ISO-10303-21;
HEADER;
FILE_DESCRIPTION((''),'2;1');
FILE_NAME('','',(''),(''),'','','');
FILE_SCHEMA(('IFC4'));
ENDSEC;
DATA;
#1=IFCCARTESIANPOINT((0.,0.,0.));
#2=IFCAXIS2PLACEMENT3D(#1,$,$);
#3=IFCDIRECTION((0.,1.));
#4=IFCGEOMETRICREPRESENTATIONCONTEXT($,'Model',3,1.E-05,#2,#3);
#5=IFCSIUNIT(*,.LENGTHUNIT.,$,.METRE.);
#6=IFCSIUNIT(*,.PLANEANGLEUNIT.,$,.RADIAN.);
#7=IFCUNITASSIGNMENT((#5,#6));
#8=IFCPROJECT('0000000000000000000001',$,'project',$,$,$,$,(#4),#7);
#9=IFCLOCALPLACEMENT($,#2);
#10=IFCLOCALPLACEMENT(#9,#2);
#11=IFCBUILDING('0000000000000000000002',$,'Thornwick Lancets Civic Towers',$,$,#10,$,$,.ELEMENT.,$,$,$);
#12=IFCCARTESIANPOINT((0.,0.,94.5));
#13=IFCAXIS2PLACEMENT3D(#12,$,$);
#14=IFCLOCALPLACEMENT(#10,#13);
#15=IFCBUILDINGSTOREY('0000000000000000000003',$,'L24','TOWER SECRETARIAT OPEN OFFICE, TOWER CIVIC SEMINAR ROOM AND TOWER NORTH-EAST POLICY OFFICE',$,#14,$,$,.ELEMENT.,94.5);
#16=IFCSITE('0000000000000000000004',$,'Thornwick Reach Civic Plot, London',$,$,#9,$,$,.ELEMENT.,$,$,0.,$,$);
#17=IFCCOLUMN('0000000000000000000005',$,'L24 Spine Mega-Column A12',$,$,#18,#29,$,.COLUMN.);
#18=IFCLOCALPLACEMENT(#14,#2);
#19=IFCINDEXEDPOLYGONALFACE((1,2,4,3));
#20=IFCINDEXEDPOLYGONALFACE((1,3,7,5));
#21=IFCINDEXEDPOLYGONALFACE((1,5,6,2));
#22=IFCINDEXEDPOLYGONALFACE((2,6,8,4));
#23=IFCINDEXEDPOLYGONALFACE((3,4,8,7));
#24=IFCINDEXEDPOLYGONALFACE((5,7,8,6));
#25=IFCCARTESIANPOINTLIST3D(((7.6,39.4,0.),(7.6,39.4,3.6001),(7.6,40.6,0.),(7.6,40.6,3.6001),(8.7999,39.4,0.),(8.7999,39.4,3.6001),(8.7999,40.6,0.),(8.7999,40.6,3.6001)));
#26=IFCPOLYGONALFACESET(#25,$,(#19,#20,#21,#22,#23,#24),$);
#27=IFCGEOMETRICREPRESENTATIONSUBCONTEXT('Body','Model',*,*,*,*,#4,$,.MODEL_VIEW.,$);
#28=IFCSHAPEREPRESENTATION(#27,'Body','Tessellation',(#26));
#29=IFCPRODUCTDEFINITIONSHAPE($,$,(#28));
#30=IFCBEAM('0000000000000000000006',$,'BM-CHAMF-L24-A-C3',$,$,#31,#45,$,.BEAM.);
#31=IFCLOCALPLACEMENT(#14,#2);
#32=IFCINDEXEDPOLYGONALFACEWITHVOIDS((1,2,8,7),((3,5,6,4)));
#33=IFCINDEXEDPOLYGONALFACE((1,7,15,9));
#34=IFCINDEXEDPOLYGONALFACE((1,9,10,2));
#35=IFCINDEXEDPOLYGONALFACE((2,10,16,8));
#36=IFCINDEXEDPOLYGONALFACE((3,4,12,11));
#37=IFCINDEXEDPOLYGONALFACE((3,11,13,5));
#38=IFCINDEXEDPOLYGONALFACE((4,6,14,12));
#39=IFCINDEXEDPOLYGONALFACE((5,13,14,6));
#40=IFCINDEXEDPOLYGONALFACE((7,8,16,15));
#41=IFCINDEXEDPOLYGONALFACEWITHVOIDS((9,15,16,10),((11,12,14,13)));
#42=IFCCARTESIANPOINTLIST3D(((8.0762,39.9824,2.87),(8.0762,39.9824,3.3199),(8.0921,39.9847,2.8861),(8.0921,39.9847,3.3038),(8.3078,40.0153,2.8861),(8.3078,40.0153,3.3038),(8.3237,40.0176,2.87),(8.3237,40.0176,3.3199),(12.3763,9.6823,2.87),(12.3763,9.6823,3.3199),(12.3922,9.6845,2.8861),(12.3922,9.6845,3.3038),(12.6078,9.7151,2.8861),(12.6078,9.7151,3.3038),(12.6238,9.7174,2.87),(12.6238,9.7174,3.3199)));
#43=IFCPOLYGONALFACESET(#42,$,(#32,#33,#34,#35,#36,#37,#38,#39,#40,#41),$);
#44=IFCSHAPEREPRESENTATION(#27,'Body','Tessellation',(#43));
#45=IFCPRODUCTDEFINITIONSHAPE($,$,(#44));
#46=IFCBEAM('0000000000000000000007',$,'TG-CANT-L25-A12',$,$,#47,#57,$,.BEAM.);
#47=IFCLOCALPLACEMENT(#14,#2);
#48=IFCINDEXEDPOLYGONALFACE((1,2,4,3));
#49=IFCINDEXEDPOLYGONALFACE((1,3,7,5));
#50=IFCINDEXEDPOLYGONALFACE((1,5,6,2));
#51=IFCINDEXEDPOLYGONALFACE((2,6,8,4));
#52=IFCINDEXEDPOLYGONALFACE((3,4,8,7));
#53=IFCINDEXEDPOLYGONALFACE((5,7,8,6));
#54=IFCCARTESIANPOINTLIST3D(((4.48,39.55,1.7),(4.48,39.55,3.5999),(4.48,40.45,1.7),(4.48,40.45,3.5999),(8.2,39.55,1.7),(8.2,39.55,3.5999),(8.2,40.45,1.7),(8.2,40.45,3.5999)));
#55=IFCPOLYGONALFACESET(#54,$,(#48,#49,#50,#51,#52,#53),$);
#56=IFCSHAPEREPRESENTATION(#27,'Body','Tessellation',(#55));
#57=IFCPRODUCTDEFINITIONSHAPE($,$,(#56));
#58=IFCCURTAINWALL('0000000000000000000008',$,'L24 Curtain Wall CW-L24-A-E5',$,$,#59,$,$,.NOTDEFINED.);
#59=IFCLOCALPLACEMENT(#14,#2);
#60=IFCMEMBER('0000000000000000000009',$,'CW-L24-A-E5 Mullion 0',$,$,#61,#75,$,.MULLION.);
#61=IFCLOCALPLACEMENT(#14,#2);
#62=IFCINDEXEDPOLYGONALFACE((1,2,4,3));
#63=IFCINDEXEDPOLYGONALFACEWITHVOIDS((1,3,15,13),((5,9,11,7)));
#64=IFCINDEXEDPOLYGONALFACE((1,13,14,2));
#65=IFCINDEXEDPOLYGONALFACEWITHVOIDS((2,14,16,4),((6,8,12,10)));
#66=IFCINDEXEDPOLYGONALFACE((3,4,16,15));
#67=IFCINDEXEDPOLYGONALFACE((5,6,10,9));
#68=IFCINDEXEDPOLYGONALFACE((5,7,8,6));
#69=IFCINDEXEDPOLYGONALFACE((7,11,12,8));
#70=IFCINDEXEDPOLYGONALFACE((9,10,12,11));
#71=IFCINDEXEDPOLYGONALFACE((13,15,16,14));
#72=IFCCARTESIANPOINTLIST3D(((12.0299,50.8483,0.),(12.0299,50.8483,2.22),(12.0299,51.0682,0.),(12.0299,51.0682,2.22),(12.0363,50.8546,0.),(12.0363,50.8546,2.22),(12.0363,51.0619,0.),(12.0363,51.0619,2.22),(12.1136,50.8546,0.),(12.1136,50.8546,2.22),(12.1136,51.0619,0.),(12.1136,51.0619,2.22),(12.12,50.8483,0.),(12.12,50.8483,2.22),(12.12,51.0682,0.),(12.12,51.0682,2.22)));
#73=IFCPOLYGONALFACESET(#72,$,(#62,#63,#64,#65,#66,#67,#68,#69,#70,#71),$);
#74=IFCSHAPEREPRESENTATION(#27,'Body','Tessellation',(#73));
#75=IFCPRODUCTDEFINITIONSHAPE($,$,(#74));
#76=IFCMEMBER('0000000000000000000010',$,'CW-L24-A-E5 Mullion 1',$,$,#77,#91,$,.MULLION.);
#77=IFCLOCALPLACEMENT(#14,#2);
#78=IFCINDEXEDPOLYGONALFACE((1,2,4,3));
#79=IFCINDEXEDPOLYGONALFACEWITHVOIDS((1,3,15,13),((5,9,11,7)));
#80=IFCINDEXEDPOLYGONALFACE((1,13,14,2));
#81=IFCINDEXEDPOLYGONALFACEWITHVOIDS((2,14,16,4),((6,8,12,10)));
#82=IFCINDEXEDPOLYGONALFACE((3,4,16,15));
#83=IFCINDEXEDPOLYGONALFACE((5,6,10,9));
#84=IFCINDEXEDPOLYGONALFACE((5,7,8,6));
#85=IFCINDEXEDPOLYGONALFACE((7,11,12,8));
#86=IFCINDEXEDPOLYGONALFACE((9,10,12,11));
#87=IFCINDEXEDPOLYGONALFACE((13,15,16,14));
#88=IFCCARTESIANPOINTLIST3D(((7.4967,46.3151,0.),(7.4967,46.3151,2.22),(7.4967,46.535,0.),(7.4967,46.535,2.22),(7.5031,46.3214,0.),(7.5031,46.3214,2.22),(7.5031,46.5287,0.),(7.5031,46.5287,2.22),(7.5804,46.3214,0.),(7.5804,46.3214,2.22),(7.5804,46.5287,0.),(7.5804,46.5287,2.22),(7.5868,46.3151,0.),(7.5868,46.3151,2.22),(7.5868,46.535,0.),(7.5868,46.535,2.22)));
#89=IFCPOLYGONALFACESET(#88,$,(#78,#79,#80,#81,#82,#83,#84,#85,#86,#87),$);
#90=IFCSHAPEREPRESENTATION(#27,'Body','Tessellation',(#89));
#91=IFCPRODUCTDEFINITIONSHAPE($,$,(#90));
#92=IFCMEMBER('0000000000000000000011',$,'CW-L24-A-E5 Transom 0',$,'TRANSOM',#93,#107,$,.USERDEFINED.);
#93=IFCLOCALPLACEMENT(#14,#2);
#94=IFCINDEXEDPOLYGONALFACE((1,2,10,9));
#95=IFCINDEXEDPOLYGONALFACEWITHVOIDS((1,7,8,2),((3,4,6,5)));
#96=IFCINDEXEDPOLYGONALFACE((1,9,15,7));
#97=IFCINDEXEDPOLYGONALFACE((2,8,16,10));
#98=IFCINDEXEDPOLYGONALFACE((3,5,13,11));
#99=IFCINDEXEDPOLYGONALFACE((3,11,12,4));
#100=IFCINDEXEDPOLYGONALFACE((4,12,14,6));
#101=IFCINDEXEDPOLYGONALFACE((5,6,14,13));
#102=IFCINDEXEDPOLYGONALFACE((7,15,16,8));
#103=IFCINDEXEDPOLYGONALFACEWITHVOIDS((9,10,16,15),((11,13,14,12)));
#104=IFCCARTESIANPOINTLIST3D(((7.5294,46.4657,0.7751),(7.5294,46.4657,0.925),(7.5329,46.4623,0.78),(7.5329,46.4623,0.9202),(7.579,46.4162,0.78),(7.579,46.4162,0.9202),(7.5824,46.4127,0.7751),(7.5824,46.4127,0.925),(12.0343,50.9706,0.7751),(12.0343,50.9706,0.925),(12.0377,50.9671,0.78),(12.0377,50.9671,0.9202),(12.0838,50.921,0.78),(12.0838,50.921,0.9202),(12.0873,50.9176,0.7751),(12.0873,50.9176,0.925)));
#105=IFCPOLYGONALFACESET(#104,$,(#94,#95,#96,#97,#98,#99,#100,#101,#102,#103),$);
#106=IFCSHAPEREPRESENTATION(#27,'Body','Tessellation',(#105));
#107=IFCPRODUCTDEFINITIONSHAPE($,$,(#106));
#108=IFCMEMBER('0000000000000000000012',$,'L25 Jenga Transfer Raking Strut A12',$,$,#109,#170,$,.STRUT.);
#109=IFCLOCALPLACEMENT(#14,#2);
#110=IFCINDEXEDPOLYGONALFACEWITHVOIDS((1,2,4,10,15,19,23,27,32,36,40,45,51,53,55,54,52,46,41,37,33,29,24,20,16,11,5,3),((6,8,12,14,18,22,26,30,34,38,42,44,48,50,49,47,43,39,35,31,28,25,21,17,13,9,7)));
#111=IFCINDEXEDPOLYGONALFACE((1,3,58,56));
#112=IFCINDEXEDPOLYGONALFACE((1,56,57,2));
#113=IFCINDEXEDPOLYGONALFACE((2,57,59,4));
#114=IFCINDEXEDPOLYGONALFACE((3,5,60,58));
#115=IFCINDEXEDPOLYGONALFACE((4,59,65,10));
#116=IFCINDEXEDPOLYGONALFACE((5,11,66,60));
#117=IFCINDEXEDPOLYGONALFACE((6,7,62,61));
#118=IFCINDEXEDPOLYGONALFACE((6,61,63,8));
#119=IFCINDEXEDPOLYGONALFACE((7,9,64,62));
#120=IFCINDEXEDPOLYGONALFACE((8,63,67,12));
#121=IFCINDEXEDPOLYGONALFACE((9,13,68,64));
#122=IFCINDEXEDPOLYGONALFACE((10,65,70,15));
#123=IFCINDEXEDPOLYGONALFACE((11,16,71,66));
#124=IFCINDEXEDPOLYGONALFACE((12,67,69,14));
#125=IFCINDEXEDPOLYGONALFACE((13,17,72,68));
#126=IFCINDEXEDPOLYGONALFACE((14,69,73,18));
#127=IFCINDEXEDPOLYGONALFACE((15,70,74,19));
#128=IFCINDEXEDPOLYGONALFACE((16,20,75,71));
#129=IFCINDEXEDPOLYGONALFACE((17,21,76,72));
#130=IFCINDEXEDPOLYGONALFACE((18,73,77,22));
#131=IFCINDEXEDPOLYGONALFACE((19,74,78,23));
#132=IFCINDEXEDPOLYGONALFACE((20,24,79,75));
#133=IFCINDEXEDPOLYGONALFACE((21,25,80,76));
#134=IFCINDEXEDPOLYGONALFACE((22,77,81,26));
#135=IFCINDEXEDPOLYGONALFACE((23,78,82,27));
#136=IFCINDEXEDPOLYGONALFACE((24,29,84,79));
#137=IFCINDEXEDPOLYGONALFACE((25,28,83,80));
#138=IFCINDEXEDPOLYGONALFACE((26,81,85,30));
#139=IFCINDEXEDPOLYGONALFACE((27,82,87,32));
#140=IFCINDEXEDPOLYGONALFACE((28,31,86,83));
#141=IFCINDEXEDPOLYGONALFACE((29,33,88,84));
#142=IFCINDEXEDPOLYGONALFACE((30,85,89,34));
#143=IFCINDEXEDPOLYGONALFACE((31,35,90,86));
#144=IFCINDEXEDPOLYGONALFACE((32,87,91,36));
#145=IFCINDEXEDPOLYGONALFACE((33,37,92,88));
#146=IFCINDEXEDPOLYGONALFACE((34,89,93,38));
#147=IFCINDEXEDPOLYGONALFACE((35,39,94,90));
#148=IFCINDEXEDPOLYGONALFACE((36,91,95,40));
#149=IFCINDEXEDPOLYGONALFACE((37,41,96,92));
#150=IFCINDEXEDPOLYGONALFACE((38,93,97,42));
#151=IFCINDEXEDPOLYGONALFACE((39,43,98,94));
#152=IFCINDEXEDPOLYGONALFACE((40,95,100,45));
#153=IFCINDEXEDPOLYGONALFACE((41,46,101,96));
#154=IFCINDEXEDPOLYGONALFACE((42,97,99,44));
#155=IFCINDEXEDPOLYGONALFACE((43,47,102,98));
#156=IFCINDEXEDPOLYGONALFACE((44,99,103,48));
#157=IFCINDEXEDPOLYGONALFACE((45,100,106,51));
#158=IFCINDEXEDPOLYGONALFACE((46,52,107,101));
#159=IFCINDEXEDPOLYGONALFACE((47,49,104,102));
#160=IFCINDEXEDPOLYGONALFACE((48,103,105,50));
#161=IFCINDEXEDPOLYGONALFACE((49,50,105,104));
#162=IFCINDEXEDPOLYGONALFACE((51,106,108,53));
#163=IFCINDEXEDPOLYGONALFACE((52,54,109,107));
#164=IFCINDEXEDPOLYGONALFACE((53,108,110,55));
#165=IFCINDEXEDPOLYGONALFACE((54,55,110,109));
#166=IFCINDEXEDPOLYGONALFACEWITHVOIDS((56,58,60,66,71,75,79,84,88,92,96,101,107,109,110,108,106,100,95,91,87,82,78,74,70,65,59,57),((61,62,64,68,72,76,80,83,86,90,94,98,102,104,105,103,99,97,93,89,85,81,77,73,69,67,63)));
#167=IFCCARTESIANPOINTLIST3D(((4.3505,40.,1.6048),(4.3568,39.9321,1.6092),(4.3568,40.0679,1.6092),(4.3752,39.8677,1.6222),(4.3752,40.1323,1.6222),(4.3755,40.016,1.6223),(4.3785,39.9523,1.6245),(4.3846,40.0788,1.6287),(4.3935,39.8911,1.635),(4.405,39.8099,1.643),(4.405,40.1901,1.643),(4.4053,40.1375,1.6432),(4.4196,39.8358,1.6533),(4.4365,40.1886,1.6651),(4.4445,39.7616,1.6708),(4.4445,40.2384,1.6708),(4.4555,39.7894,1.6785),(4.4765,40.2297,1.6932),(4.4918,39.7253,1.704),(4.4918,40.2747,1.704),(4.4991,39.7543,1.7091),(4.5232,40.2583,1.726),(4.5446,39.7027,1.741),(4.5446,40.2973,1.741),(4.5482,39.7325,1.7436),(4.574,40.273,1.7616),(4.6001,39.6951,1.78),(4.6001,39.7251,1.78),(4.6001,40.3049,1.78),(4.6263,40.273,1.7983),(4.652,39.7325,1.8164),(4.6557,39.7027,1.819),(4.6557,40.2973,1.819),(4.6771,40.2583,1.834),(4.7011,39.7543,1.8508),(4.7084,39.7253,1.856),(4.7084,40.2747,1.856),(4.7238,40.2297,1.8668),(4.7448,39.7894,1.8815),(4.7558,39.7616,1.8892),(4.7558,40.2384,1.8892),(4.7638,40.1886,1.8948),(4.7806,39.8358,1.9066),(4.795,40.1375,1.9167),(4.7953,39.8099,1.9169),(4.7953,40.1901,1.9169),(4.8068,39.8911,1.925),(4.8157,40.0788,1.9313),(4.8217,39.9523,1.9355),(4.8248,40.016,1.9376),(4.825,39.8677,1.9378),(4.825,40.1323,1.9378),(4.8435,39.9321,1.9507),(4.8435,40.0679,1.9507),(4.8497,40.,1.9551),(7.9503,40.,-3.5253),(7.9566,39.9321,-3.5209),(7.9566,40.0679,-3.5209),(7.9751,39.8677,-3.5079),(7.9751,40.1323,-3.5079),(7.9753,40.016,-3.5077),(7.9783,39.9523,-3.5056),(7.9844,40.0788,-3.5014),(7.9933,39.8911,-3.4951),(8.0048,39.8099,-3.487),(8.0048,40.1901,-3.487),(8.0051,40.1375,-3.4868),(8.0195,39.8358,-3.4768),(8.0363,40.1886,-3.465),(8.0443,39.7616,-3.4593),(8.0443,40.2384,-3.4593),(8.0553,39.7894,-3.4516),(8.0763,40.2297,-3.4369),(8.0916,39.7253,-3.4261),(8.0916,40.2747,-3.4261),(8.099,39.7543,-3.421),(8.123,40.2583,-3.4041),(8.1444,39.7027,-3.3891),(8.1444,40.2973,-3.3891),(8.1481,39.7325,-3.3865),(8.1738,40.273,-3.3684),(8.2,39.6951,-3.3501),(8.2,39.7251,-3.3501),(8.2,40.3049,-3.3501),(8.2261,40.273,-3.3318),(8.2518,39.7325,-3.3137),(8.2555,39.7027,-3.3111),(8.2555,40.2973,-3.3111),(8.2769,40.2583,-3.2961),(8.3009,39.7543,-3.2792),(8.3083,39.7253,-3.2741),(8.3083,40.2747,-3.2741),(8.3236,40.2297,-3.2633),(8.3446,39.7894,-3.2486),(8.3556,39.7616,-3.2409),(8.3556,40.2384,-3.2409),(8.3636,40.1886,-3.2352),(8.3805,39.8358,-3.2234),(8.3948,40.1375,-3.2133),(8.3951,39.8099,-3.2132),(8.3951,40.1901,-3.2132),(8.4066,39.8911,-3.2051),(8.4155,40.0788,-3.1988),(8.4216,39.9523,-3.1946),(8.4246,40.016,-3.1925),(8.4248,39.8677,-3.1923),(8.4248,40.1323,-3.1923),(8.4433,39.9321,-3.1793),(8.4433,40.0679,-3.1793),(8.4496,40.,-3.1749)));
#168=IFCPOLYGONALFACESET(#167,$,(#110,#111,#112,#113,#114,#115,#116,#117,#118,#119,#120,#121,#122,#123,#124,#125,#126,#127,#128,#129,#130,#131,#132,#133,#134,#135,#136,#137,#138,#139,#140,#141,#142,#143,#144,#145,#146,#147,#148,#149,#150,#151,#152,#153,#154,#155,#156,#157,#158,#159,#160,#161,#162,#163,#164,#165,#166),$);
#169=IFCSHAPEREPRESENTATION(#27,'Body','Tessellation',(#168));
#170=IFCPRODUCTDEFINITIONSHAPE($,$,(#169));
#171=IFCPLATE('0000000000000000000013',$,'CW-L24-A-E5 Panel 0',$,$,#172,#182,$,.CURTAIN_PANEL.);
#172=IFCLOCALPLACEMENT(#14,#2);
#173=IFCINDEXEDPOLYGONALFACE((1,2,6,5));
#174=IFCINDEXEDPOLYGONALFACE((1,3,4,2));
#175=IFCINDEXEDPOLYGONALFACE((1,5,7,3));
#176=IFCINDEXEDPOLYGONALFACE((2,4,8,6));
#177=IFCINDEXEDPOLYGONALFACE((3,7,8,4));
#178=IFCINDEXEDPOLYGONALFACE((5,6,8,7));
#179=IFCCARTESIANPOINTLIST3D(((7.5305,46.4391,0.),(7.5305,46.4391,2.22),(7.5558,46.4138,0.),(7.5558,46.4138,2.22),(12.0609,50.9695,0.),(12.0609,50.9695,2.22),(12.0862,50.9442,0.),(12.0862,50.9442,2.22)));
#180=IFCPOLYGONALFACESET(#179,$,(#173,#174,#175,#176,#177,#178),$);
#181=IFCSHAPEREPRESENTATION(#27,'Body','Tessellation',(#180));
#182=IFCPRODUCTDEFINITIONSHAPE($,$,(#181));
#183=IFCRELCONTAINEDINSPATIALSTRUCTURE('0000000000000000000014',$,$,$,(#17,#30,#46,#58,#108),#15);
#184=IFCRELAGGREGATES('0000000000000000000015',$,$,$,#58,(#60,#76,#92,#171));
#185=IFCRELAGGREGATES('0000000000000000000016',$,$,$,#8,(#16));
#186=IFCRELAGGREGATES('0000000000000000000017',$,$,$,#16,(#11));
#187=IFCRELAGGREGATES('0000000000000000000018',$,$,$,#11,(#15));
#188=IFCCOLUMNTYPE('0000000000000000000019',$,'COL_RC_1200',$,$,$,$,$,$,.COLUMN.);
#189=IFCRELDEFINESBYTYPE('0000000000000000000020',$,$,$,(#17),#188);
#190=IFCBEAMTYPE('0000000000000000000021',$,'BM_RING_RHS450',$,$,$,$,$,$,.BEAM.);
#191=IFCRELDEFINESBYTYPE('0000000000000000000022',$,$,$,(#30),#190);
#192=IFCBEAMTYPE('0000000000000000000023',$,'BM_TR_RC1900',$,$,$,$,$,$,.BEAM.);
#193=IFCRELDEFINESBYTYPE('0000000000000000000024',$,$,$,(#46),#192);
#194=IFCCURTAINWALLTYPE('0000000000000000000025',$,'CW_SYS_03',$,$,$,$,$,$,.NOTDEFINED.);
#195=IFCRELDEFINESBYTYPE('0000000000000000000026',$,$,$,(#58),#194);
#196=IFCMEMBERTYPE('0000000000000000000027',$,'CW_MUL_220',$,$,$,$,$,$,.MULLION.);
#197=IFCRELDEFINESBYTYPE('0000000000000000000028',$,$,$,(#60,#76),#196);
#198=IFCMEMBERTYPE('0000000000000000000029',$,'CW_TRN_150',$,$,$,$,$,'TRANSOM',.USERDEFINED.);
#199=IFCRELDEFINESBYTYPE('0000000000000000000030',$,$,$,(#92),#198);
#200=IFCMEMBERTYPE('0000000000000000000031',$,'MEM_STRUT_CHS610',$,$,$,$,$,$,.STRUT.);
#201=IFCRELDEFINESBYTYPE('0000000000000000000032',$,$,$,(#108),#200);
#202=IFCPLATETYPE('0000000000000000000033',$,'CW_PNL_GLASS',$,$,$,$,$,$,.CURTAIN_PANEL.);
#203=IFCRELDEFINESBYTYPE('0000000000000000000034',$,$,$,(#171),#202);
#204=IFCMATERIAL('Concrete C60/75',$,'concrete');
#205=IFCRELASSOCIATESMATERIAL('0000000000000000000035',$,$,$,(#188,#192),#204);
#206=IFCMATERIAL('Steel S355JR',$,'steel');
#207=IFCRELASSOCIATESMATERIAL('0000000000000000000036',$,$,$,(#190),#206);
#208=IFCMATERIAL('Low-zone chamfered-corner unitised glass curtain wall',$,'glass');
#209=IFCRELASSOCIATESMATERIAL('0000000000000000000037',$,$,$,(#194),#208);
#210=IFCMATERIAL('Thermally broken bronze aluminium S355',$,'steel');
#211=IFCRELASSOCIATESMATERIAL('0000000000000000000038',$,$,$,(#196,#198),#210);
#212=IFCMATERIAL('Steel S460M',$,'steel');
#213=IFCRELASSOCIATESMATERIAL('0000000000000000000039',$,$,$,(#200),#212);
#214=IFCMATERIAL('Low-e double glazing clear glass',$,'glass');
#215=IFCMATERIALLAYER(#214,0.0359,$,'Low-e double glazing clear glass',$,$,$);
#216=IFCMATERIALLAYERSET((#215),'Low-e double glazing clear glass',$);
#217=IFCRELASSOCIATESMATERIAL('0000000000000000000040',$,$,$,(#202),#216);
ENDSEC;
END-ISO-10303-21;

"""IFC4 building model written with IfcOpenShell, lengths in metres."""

from ifc_helpers import new_model, si_unit, direction, frame, origin, origin_2d, place, context, subcontext, project, spatial, rectangle, hollow_rectangle, hollow_circle, extrude, material, layer, layer_set, material_profile, profile_set, type_object, element, aggregate, save


model = new_model("IFC4")

# Units and contexts
model_context = context("Model", 3, precision=1e-05, world=origin(), true_north=direction((0.0, 1.0)))
body_context = subcontext(model_context, "Body", "Model", "MODEL_VIEW")
ifc_project = project(units=[si_unit("LENGTHUNIT", "METRE"), si_unit("PLANEANGLEUNIT", "RADIAN")], contexts=[model_context])

# Site, building, storey
site_placement = place(None, origin())
site = spatial("IfcSite", under=ifc_project, at=site_placement, Name="Thornwick Reach Civic Plot, London", CompositionType="ELEMENT", RefElevation=0.0)
building_placement = place(site_placement, origin())
building = spatial("IfcBuilding", under=site, at=building_placement, Name="Thornwick Lancets Civic Towers", CompositionType="ELEMENT")
storey_placement = place(building_placement, frame((0.0, 0.0, 94.5)))
storey = spatial("IfcBuildingStorey", under=building, at=storey_placement, Name="L24", Description="TOWER SECRETARIAT OPEN OFFICE, TOWER CIVIC SEMINAR ROOM AND TOWER NORTH-EAST POLICY OFFICE", CompositionType="ELEMENT", Elevation=94.5)

# Column
ifc_material_1 = material(Name="Concrete C60/75", Category="concrete")
ifc_material_profile_1 = material_profile(ifc_material_1, rectangle(XDim=1.2, YDim=1.2, at=origin_2d()), Name="RC 1200x1200")
ifc_profile_set_1 = profile_set([ifc_material_profile_1], Name="Concrete C60/75")
column_type = type_object("IfcColumnType", Name="COL_RC_1200", PredefinedType="COLUMN", material=ifc_profile_set_1)
column_placement = place(storey_placement, frame((8.2, 40.0, 0.0), z_axis=(0.0, 0.0, 1.0), x_axis=(1.0, 0.0, 0.0)))
element("IfcColumn", 1, at=column_placement, inside=storey, type_object=column_type, Name="L24 Spine Mega-Column A12", PredefinedType="COLUMN", context=body_context, shape_type="SweptSolid", body=[
    extrude(rectangle(XDim=1.2, YDim=1.2, at=origin_2d()), origin(), (0.0, 0.0, 1.0), 3.6001),
])

# Beams
ifc_material_2 = material(Name="Steel S355JR", Category="steel")
ifc_material_profile_2 = material_profile(ifc_material_2, hollow_rectangle(XDim=0.25, YDim=0.45, WallThickness=0.0161, at=origin_2d()), Name="RHS 450x250x16")
ifc_profile_set_2 = profile_set([ifc_material_profile_2], Name="Steel S355JR")
beam_type_1 = type_object("IfcBeamType", Name="BM_RING_RHS450", PredefinedType="BEAM", material=ifc_profile_set_2)
beam_1_placement = place(storey_placement, frame((8.2, 40.0, 3.095), z_axis=(0.140508, -0.99008, 0.0), x_axis=(0.99008, 0.140508, 0.0)))
element("IfcBeam", 2, at=beam_1_placement, inside=storey, type_object=beam_type_1, Name="BM-CHAMF-L24-A-C3", PredefinedType="BEAM", context=body_context, shape_type="SweptSolid", body=[
    extrude(hollow_rectangle(XDim=0.25, YDim=0.45, WallThickness=0.0161, at=origin_2d()), origin(), (0.0, 0.0, 1.0), 30.6038),
])
ifc_material_profile_3 = material_profile(ifc_material_1, rectangle(XDim=0.8999, YDim=1.8999, at=origin_2d()), Name="RC 900x1900")
ifc_profile_set_3 = profile_set([ifc_material_profile_3], Name="Concrete C60/75")
beam_type_2 = type_object("IfcBeamType", Name="BM_TR_RC1900", PredefinedType="BEAM", material=ifc_profile_set_3)
beam_2_placement = place(storey_placement, frame((8.2, 40.0, 2.6499), z_axis=(-1.0, 0.0, 0.0), x_axis=(0.0, -1.0, 0.0)))
element("IfcBeam", 3, at=beam_2_placement, inside=storey, type_object=beam_type_2, Name="TG-CANT-L25-A12", PredefinedType="BEAM", context=body_context, shape_type="SweptSolid", body=[
    extrude(rectangle(XDim=0.8999, YDim=1.8999, at=origin_2d()), origin(), (0.0, 0.0, 1.0), 3.72),
])

# Curtain wall, members
ifc_material_3 = material(Name="Low-zone chamfered-corner unitised glass curtain wall", Category="glass")
curtain_wall_type = type_object("IfcCurtainWallType", Name="CW_SYS_03", PredefinedType="NOTDEFINED", material=ifc_material_3)
curtain_wall_placement = place(storey_placement, origin())
curtain_wall = element("IfcCurtainWall", 4, at=curtain_wall_placement, inside=storey, type_object=curtain_wall_type, Name="L24 Curtain Wall CW-L24-A-E5", PredefinedType="NOTDEFINED")
ifc_material_4 = material(Name="Thermally broken bronze aluminium S355", Category="steel")
ifc_material_profile_4 = material_profile(ifc_material_4, hollow_rectangle(XDim=0.0901, YDim=0.22, WallThickness=0.0063, at=origin_2d()), Name="RHS 220x90x6.3")
ifc_profile_set_4 = profile_set([ifc_material_profile_4], Name="Thermally broken bronze aluminium S355")
member_type_1 = type_object("IfcMemberType", Name="CW_MUL_220", PredefinedType="MULLION", material=ifc_profile_set_4)
member_1_placement = place(storey_placement, frame((12.075, 50.9583, 0.0), z_axis=(0.0, 0.0, 1.0), x_axis=(1.0, 0.0, 0.0)))
member_1 = element("IfcMember", 5, at=member_1_placement, type_object=member_type_1, Name="CW-L24-A-E5 Mullion 0", PredefinedType="MULLION", context=body_context, shape_type="SweptSolid", body=[
    extrude(hollow_rectangle(XDim=0.0901, YDim=0.22, WallThickness=0.0063, at=origin_2d()), origin(), (0.0, 0.0, 1.0), 2.22),
])
member_2_placement = place(storey_placement, frame((7.5417, 46.425, 0.0), z_axis=(0.0, 0.0, 1.0), x_axis=(1.0, 0.0, 0.0)))
member_2 = element("IfcMember", 6, at=member_2_placement, type_object=member_type_1, Name="CW-L24-A-E5 Mullion 1", PredefinedType="MULLION", context=body_context, shape_type="SweptSolid", body=[
    extrude(hollow_rectangle(XDim=0.0901, YDim=0.22, WallThickness=0.0063, at=origin_2d()), origin(), (0.0, 0.0, 1.0), 2.22),
])
ifc_material_profile_5 = material_profile(ifc_material_4, hollow_rectangle(XDim=0.075, YDim=0.1499, WallThickness=0.0049, at=origin_2d()), Name="RHS 150x75x5")
ifc_profile_set_5 = profile_set([ifc_material_profile_5], Name="Thermally broken bronze aluminium S355")
member_type_2 = type_object("IfcMemberType", Name="CW_TRN_150", ElementType="TRANSOM", PredefinedType="USERDEFINED", material=ifc_profile_set_5)
member_3_placement = place(storey_placement, frame((12.0608, 50.9441, 0.8501), z_axis=(-0.707107, -0.707107, 0.0), x_axis=(0.707107, -0.707107, 0.0)))
member_3 = element("IfcMember", 7, at=member_3_placement, type_object=member_type_2, Name="CW-L24-A-E5 Transom 0", ObjectType="TRANSOM", PredefinedType="USERDEFINED", context=body_context, shape_type="SweptSolid", body=[
    extrude(hollow_rectangle(XDim=0.075, YDim=0.1499, WallThickness=0.0049, at=origin_2d()), origin(), (0.0, 0.0, 1.0), 6.3708),
])

# Member
ifc_material_5 = material(Name="Steel S460M", Category="steel")
ifc_material_profile_6 = material_profile(ifc_material_5, hollow_circle(Radius=0.3049, WallThickness=0.03, at=origin_2d()), Name="CHS 610x30")
ifc_profile_set_6 = profile_set([ifc_material_profile_6], Name="Steel S460M")
member_type_3 = type_object("IfcMemberType", Name="MEM_STRUT_CHS610", PredefinedType="STRUT", material=ifc_profile_set_6)
member_4_placement = place(storey_placement, frame((8.2, 40.0, -3.3501), z_axis=(-0.574401, 0.0, 0.818574), x_axis=(0.0, -1.0, 0.0)))
element("IfcMember", 8, at=member_4_placement, inside=storey, type_object=member_type_3, Name="L25 Jenga Transfer Raking Strut A12", PredefinedType="STRUT", context=body_context, shape_type="SweptSolid", body=[
    extrude(hollow_circle(Radius=0.3049, WallThickness=0.03, at=origin_2d()), origin(), (0.0, 0.0, 1.0), 6.2671),
])

# Plate
ifc_material_6 = material(Name="Low-e double glazing clear glass", Category="glass")
ifc_layer_1 = layer(ifc_material_6, 0.0359, Name="Low-e double glazing clear glass")
ifc_layer_set_1 = layer_set([ifc_layer_1], Name="Low-e double glazing clear glass")
plate_type_1 = type_object("IfcPlateType", Name="CW_PNL_GLASS", PredefinedType="CURTAIN_PANEL", material=ifc_layer_set_1)
plate_placement = place(storey_placement, frame((9.8083, 48.6917, 0.0), z_axis=(0.0, 0.0, 1.0), x_axis=(-0.707107, -0.707107, 0.0)))
plate = element("IfcPlate", 9, at=plate_placement, type_object=plate_type_1, Name="CW-L24-A-E5 Panel 0", PredefinedType="CURTAIN_PANEL", context=body_context, shape_type="SweptSolid", body=[
    extrude(rectangle(XDim=6.407, YDim=0.0359, at=origin_2d()), origin(), (0.0, 0.0, 1.0), 2.22),
])
aggregate(curtain_wall, [member_1, member_2, member_3, plate])

save(model, "model.ifc")
